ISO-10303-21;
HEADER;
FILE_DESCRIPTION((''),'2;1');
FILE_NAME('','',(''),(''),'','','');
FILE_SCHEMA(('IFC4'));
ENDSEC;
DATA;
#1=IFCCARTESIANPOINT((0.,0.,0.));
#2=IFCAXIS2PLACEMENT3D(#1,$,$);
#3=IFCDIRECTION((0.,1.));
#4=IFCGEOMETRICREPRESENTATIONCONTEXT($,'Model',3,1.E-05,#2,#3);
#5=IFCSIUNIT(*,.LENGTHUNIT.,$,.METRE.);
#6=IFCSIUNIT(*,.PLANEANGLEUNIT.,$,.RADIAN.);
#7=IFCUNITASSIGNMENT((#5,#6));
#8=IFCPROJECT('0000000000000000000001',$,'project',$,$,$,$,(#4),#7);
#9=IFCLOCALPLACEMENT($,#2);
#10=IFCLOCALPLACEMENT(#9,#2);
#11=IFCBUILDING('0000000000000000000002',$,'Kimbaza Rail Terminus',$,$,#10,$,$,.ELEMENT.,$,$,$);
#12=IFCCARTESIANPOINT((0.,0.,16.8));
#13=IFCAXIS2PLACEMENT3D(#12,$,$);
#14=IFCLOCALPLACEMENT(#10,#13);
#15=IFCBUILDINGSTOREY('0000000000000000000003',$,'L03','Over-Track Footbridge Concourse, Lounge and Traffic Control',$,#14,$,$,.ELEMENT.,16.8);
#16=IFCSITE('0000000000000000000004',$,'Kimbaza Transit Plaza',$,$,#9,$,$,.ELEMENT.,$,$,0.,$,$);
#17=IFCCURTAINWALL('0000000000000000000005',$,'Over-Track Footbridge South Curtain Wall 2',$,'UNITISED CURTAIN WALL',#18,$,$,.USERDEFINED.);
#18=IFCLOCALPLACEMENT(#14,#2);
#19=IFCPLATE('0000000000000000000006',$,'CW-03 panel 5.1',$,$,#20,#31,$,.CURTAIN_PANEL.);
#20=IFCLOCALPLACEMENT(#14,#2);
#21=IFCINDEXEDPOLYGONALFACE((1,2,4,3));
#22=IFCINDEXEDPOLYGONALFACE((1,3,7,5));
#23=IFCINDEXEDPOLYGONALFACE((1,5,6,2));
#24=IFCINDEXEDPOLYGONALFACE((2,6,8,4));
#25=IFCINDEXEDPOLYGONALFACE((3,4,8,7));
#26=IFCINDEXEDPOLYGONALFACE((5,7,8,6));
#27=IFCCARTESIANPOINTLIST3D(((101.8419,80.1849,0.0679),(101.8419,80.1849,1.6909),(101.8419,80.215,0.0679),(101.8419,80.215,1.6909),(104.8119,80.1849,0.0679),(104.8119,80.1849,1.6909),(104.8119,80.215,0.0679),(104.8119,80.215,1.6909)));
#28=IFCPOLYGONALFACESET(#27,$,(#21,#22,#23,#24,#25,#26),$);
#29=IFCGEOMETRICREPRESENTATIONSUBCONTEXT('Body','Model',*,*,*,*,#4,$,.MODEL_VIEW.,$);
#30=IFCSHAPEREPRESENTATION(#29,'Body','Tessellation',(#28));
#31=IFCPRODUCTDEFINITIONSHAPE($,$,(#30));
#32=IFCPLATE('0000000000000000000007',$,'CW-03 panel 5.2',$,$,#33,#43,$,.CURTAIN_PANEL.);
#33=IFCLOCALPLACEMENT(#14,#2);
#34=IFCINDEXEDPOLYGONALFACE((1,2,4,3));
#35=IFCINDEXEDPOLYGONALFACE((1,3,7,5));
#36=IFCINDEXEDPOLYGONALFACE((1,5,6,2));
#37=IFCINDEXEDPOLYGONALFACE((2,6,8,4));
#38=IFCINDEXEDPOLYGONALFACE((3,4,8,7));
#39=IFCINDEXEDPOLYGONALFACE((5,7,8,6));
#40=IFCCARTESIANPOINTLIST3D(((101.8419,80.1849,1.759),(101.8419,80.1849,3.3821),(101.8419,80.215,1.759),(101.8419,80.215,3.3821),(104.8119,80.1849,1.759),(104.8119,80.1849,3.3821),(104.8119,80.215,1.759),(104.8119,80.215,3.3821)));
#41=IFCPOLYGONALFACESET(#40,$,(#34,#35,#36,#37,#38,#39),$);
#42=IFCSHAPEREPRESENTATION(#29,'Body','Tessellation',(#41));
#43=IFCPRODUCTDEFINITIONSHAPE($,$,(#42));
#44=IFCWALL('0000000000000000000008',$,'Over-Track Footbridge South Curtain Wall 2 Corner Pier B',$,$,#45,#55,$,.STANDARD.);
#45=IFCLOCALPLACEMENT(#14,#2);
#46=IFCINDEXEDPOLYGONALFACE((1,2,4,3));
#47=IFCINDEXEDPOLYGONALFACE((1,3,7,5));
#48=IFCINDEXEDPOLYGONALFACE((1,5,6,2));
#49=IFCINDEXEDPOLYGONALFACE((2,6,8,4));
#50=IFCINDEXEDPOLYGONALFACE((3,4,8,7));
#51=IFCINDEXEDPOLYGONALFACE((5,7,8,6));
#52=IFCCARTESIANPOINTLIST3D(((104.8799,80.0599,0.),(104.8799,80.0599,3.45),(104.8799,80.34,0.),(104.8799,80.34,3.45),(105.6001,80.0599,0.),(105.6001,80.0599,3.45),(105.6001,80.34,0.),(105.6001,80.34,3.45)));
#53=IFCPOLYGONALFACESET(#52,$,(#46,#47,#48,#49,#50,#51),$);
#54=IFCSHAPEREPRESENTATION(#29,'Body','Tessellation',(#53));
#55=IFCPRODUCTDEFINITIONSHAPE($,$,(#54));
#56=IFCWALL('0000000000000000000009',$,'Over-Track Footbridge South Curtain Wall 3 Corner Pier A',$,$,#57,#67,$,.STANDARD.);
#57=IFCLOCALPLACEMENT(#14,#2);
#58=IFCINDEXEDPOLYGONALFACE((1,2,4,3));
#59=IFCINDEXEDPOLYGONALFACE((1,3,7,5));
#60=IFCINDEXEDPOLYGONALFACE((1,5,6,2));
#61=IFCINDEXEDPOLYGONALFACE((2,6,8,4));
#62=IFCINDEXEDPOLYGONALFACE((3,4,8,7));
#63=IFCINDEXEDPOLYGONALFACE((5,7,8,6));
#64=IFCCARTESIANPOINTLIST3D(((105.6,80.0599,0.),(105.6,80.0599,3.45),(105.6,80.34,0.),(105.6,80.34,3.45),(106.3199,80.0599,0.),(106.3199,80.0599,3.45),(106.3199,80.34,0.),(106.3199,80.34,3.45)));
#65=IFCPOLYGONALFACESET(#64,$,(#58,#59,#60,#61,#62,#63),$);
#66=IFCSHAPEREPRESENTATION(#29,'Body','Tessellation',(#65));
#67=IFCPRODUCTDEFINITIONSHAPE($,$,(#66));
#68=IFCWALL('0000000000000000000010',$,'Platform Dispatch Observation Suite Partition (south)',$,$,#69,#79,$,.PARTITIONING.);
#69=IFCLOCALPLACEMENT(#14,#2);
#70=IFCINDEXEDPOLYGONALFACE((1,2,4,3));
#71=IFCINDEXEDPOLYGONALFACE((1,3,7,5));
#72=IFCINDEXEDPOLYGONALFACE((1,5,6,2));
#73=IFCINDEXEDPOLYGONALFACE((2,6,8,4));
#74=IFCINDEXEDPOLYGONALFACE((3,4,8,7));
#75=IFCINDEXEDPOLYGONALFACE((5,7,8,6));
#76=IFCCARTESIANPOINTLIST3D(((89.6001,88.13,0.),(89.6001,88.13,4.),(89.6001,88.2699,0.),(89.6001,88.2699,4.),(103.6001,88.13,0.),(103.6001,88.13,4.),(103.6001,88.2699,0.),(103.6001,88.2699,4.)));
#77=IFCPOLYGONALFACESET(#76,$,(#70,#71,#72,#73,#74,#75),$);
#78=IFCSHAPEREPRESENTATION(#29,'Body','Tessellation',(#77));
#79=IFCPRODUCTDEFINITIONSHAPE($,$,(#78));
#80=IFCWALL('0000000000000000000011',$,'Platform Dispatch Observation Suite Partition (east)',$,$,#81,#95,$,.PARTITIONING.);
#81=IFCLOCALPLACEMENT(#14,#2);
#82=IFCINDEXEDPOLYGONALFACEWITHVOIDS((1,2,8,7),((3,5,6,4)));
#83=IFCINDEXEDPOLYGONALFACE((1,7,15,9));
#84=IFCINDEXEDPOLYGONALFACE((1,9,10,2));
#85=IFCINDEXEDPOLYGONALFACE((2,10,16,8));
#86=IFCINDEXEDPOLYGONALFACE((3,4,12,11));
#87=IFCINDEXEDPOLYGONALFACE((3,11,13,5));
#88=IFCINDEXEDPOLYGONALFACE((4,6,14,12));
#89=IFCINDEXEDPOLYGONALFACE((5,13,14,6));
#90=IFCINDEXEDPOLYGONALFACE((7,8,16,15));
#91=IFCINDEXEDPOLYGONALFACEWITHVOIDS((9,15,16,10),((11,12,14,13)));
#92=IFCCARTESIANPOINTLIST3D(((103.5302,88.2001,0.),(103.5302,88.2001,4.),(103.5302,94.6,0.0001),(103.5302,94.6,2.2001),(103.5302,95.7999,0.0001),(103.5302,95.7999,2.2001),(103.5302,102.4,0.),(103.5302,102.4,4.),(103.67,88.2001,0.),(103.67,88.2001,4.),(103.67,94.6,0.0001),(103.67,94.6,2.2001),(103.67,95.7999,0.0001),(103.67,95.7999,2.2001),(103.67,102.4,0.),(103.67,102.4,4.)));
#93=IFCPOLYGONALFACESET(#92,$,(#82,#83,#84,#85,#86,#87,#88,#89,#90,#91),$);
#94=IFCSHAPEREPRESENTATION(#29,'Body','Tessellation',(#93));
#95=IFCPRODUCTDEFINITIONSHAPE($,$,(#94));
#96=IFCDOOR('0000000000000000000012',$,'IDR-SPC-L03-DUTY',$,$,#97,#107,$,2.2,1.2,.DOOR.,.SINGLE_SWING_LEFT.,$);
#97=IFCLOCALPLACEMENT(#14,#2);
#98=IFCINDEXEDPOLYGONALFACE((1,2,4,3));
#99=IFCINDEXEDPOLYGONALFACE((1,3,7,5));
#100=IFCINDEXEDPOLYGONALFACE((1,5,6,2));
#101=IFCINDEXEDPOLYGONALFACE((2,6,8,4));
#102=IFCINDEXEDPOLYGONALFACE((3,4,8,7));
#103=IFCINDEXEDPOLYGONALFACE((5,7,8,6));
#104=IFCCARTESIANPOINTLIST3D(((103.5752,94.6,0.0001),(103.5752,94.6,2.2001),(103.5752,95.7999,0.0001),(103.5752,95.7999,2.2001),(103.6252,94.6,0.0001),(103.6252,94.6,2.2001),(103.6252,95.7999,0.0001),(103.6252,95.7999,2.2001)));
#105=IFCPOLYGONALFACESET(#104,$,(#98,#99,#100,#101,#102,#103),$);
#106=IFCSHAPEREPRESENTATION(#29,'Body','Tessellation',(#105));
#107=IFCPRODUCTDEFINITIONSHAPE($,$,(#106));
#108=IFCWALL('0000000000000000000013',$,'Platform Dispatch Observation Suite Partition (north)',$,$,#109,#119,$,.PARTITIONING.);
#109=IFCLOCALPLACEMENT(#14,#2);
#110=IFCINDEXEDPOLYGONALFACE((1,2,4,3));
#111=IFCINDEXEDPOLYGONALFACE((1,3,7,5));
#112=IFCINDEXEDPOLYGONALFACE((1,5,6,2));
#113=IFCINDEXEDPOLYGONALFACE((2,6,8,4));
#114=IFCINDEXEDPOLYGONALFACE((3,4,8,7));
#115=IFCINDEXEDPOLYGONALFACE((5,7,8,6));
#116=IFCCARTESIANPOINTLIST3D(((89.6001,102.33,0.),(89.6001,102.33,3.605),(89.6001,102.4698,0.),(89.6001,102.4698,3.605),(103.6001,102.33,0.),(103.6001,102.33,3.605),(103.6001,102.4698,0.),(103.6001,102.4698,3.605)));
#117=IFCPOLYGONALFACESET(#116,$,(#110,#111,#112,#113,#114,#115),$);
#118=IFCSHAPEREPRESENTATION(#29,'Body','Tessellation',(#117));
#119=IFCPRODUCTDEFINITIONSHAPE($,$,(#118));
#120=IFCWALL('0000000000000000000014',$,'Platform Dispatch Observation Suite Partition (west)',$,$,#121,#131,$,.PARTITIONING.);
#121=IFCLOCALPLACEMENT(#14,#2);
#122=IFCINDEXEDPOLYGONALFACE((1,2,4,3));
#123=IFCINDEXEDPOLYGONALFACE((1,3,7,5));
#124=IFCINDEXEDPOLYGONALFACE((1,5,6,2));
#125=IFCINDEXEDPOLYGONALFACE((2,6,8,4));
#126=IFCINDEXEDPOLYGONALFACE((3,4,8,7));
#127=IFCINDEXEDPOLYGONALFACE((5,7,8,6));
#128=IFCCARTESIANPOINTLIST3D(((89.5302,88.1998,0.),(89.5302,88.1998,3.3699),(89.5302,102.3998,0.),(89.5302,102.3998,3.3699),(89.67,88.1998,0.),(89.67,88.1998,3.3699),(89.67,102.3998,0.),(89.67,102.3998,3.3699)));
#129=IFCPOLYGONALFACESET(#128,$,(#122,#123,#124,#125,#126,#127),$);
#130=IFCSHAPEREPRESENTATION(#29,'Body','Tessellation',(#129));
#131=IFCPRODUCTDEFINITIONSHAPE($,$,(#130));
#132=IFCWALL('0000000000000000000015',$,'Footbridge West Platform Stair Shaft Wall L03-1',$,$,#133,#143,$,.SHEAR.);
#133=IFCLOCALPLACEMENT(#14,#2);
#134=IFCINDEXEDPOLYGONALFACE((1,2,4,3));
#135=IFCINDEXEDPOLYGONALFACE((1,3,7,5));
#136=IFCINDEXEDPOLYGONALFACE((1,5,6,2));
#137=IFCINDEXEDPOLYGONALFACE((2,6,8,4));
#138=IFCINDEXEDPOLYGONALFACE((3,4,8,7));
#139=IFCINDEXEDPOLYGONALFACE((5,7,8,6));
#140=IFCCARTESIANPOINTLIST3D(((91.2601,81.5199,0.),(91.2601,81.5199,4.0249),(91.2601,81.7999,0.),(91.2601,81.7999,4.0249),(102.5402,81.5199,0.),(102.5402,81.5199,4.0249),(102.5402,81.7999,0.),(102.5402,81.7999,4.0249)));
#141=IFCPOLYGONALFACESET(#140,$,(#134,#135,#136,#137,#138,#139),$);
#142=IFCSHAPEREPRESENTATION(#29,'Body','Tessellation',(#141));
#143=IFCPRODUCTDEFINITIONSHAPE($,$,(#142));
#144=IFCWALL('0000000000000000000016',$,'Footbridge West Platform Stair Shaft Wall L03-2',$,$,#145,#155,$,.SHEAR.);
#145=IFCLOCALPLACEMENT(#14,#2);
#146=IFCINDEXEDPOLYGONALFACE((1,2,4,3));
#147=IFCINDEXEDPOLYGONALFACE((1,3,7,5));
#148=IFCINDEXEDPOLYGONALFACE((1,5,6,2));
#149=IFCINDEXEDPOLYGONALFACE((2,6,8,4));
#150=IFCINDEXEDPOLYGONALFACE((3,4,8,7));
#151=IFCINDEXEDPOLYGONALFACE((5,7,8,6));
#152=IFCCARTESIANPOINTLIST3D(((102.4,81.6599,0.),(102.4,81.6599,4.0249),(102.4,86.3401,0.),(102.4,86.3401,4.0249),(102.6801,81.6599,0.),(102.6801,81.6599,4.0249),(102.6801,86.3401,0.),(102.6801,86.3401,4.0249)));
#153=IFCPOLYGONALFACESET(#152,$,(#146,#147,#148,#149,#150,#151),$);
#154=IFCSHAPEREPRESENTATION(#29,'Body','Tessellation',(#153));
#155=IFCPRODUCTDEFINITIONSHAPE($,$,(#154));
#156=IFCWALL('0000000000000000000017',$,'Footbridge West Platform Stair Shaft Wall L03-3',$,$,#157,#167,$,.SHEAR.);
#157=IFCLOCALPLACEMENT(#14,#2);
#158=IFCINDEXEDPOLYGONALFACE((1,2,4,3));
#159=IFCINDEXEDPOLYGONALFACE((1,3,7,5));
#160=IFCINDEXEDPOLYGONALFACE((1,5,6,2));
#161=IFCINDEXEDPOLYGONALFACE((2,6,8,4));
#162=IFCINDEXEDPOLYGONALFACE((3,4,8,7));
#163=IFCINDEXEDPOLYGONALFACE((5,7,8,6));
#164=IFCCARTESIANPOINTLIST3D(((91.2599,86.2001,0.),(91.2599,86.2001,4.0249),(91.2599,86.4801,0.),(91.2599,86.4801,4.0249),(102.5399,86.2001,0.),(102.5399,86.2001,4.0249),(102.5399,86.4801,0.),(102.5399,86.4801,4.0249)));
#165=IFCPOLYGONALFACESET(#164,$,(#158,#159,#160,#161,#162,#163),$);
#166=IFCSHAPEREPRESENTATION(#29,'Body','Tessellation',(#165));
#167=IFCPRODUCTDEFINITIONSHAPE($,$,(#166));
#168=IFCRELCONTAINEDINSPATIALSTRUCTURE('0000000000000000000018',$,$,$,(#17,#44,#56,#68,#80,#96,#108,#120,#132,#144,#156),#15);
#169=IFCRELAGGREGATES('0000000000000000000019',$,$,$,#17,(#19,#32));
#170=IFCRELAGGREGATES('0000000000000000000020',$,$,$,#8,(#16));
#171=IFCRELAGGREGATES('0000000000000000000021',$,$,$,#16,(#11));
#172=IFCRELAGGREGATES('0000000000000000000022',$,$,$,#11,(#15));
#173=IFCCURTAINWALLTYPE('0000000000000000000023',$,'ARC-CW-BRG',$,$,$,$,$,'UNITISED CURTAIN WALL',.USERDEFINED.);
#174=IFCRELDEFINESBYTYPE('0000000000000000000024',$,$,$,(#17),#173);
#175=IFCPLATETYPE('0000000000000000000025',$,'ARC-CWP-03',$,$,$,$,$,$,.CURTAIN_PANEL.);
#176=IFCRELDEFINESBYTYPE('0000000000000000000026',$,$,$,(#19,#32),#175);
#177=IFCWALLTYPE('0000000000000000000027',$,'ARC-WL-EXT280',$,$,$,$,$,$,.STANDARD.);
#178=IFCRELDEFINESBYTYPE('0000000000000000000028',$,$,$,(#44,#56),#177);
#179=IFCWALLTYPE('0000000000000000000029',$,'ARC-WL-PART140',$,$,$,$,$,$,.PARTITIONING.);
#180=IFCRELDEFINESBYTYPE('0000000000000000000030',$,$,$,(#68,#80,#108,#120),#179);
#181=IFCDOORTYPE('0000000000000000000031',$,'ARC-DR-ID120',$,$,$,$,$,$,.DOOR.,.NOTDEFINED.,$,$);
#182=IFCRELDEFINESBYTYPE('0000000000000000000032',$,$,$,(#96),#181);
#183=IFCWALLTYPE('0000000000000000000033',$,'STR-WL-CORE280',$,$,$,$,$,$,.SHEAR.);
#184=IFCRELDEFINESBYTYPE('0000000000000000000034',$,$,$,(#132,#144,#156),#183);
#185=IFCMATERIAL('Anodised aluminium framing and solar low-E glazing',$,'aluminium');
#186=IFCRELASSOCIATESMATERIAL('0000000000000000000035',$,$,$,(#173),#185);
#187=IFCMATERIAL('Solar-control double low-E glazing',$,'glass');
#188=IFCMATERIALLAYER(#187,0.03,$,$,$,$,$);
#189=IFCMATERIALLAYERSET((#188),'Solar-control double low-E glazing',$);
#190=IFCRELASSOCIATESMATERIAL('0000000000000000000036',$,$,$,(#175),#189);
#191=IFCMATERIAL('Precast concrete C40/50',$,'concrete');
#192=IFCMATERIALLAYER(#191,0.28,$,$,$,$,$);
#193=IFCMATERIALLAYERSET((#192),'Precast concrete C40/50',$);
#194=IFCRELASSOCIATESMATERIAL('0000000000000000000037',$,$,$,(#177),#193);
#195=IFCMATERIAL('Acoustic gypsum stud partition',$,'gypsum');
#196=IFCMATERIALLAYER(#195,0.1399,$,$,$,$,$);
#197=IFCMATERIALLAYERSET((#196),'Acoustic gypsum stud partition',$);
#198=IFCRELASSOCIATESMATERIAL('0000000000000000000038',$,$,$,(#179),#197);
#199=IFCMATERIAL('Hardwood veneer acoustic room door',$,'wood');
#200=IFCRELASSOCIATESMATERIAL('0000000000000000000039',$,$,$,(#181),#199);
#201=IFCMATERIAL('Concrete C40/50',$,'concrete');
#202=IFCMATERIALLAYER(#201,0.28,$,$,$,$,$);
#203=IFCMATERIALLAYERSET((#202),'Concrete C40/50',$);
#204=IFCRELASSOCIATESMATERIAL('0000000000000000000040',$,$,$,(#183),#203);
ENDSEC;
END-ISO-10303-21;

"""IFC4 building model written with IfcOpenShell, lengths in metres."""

from ifc_helpers import new_model, si_unit, direction, frame, frame_2d, origin, origin_2d, place, context, subcontext, project, spatial, rectangle, extrude, material, layer, layer_set, type_object, element, fill, aggregate, save


model = new_model("IFC4")

# Units and contexts
model_context = context("Model", 3, precision=1e-05, world=origin(), true_north=direction((0.0, 1.0)))
body_context = subcontext(model_context, "Body", "Model", "MODEL_VIEW")
ifc_project = project(units=[si_unit("LENGTHUNIT", "METRE"), si_unit("PLANEANGLEUNIT", "RADIAN")], contexts=[model_context])

# Site, building, storey
site_placement = place(None, origin())
site = spatial("IfcSite", under=ifc_project, at=site_placement, Name="Kimbaza Transit Plaza", CompositionType="ELEMENT", RefElevation=0.0)
building_placement = place(site_placement, origin())
building = spatial("IfcBuilding", under=site, at=building_placement, Name="Kimbaza Rail Terminus", CompositionType="ELEMENT")
storey_placement = place(building_placement, frame((0.0, 0.0, 16.8)))
storey = spatial("IfcBuildingStorey", under=building, at=storey_placement, Name="L03", Description="Over-Track Footbridge Concourse, Lounge and Traffic Control", CompositionType="ELEMENT", Elevation=16.8)

# Curtain wall
ifc_material_1 = material(Name="Anodised aluminium framing and solar low-E glazing", Category="aluminium")
curtain_wall_type = type_object("IfcCurtainWallType", Name="ARC-CW-BRG", ElementType="UNITISED CURTAIN WALL", PredefinedType="USERDEFINED", material=ifc_material_1)
curtain_wall_placement = place(storey_placement, origin())
curtain_wall = element("IfcCurtainWall", 1, at=curtain_wall_placement, inside=storey, type_object=curtain_wall_type, Name="Over-Track Footbridge South Curtain Wall 2", ObjectType="UNITISED CURTAIN WALL", PredefinedType="USERDEFINED")

# Plates
ifc_material_2 = material(Name="Solar-control double low-E glazing", Category="glass")
ifc_layer_1 = layer(ifc_material_2, 0.03)
ifc_layer_set_1 = layer_set([ifc_layer_1], Name="Solar-control double low-E glazing")
plate_type = type_object("IfcPlateType", Name="ARC-CWP-03", PredefinedType="CURTAIN_PANEL", material=ifc_layer_set_1)
plate_1_placement = place(storey_placement, frame((103.3269, 80.2, 0.0679), z_axis=(0.0, 0.0, 1.0), x_axis=(1.0, 0.0, 0.0)))
plate_1 = element("IfcPlate", 2, at=plate_1_placement, type_object=plate_type, Name="CW-03 panel 5.1", PredefinedType="CURTAIN_PANEL", context=body_context, shape_type="SweptSolid", body=[
    extrude(rectangle(XDim=2.97, YDim=0.03, at=origin_2d()), origin(), (0.0, 0.0, 1.0), 1.623),
])
plate_2_placement = place(storey_placement, frame((103.3269, 80.2, 1.759), z_axis=(0.0, 0.0, 1.0), x_axis=(1.0, 0.0, 0.0)))
plate_2 = element("IfcPlate", 3, at=plate_2_placement, type_object=plate_type, Name="CW-03 panel 5.2", PredefinedType="CURTAIN_PANEL", context=body_context, shape_type="SweptSolid", body=[
    extrude(rectangle(XDim=2.97, YDim=0.03, at=origin_2d()), origin(), (0.0, 0.0, 1.0), 1.623),
])
aggregate(curtain_wall, [plate_1, plate_2])

# Walls
ifc_material_3 = material(Name="Precast concrete C40/50", Category="concrete")
ifc_layer_2 = layer(ifc_material_3, 0.28)
ifc_layer_set_2 = layer_set([ifc_layer_2], Name="Precast concrete C40/50")
wall_type_1 = type_object("IfcWallType", Name="ARC-WL-EXT280", PredefinedType="STANDARD", material=ifc_layer_set_2)
wall_1_placement = place(storey_placement, frame((104.8799, 80.2, 0.0), z_axis=(0.0, 0.0, 1.0), x_axis=(1.0, 0.0, 0.0)))
element("IfcWall", 4, at=wall_1_placement, inside=storey, type_object=wall_type_1, Name="Over-Track Footbridge South Curtain Wall 2 Corner Pier B", PredefinedType="STANDARD", context=body_context, shape_type="SweptSolid", body=[
    extrude(rectangle(XDim=0.7202, YDim=0.28, at=frame_2d((0.3601, 0.0))), origin(), (0.0, 0.0, 1.0), 3.45),
])
wall_2_placement = place(storey_placement, frame((105.6001, 80.2, 0.0), z_axis=(0.0, 0.0, 1.0), x_axis=(1.0, 0.0, 0.0)))
element("IfcWall", 5, at=wall_2_placement, inside=storey, type_object=wall_type_1, Name="Over-Track Footbridge South Curtain Wall 3 Corner Pier A", PredefinedType="STANDARD", context=body_context, shape_type="SweptSolid", body=[
    extrude(rectangle(XDim=0.72, YDim=0.28, at=frame_2d((0.3599, 0.0))), origin(), (0.0, 0.0, 1.0), 3.45),
])
ifc_material_4 = material(Name="Acoustic gypsum stud partition", Category="gypsum")
ifc_layer_3 = layer(ifc_material_4, 0.1399)
ifc_layer_set_3 = layer_set([ifc_layer_3], Name="Acoustic gypsum stud partition")
wall_type_2 = type_object("IfcWallType", Name="ARC-WL-PART140", PredefinedType="PARTITIONING", material=ifc_layer_set_3)
wall_3_placement = place(storey_placement, frame((89.6001, 88.2, 0.0), z_axis=(0.0, 0.0, 1.0), x_axis=(1.0, 0.0, 0.0)))
element("IfcWall", 6, at=wall_3_placement, inside=storey, type_object=wall_type_2, Name="Platform Dispatch Observation Suite Partition (south)", PredefinedType="PARTITIONING", context=body_context, shape_type="SweptSolid", body=[
    extrude(rectangle(XDim=14.0, YDim=0.1399, at=frame_2d((7.0, 0.0))), origin(), (0.0, 0.0, 1.0), 4.0),
])

# Wall, opening, door
wall_4_placement = place(storey_placement, frame((103.6001, 88.2, 0.0), z_axis=(0.0, 0.0, 1.0), x_axis=(0.0, 1.0, 0.0)))
wall_4 = element("IfcWall", 7, at=wall_4_placement, inside=storey, type_object=wall_type_2, Name="Platform Dispatch Observation Suite Partition (east)", PredefinedType="PARTITIONING", context=body_context, shape_type="SweptSolid", body=[
    extrude(rectangle(XDim=14.2, YDim=0.1399, at=frame_2d((7.1001, 0.0))), origin(), (0.0, 0.0, 1.0), 4.0),
])
opening_1_placement = place(wall_4_placement, frame((6.3999, 0.0, 0.0)))
opening_1 = element("IfcOpeningElement", 8, at=opening_1_placement, cuts=wall_4, PredefinedType="OPENING", context=body_context, shape_type="SweptSolid", body=[
    extrude(rectangle(XDim=1.2, YDim=2.2, at=frame_2d((0.6001, 1.1001))), frame((0.0, 0.0798, 0.0), z_axis=(0.0, -1.0, 0.0), x_axis=(1.0, 0.0, 0.0)), (0.0, 0.0, 1.0), 0.1599),
])
ifc_material_5 = material(Name="Hardwood veneer acoustic room door", Category="wood")
door_type_1 = type_object("IfcDoorType", Name="ARC-DR-ID120", OperationType="NOTDEFINED", PredefinedType="DOOR", material=ifc_material_5)
door_1_placement = place(opening_1_placement, origin())
door_1 = element("IfcDoor", 9, at=door_1_placement, inside=storey, type_object=door_type_1, Name="IDR-SPC-L03-DUTY", OperationType="SINGLE_SWING_LEFT", OverallHeight=2.2, OverallWidth=1.2, PredefinedType="DOOR", context=body_context, shape_type="SweptSolid", body=[
    extrude(rectangle(XDim=1.2, YDim=2.2, at=frame_2d((0.6001, 1.1001))), frame((0.0, 0.0249, 0.0), z_axis=(0.0, -1.0, 0.0), x_axis=(1.0, 0.0, 0.0)), (0.0, 0.0, 1.0), 0.05),
])
fill(opening_1, door_1)

# Walls
wall_5_placement = place(storey_placement, frame((103.6001, 102.3999, 0.0), z_axis=(0.0, 0.0, 1.0), x_axis=(-1.0, 0.0, 0.0)))
element("IfcWall", 10, at=wall_5_placement, inside=storey, type_object=wall_type_2, Name="Platform Dispatch Observation Suite Partition (north)", PredefinedType="PARTITIONING", context=body_context, shape_type="SweptSolid", body=[
    extrude(rectangle(XDim=14.0, YDim=0.1399, at=frame_2d((7.0, 0.0))), origin(), (0.0, 0.0, 1.0), 3.605),
])
wall_6_placement = place(storey_placement, frame((89.6001, 102.3999, 0.0), z_axis=(0.0, 0.0, 1.0), x_axis=(0.0, -1.0, 0.0)))
element("IfcWall", 11, at=wall_6_placement, inside=storey, type_object=wall_type_2, Name="Platform Dispatch Observation Suite Partition (west)", PredefinedType="PARTITIONING", context=body_context, shape_type="SweptSolid", body=[
    extrude(rectangle(XDim=14.2, YDim=0.1399, at=frame_2d((7.1001, 0.0))), origin(), (0.0, 0.0, 1.0), 3.3699),
])
ifc_material_6 = material(Name="Concrete C40/50", Category="concrete")
ifc_layer_4 = layer(ifc_material_6, 0.28)
ifc_layer_set_4 = layer_set([ifc_layer_4], Name="Concrete C40/50")
wall_type_3 = type_object("IfcWallType", Name="STR-WL-CORE280", PredefinedType="SHEAR", material=ifc_layer_set_4)
wall_7_placement = place(storey_placement, frame((91.26, 81.6599, 0.0), z_axis=(0.0, 0.0, 1.0), x_axis=(1.0, 0.0, 0.0)))
element("IfcWall", 12, at=wall_7_placement, inside=storey, type_object=wall_type_3, Name="Footbridge West Platform Stair Shaft Wall L03-1", PredefinedType="SHEAR", context=body_context, shape_type="SweptSolid", body=[
    extrude(rectangle(XDim=11.28, YDim=0.28, at=frame_2d((5.6401, 0.0))), origin(), (0.0, 0.0, 1.0), 4.0249),
])
wall_8_placement = place(storey_placement, frame((102.54, 81.6599, 0.0), z_axis=(0.0, 0.0, 1.0), x_axis=(0.0, 1.0, 0.0)))
element("IfcWall", 13, at=wall_8_placement, inside=storey, type_object=wall_type_3, Name="Footbridge West Platform Stair Shaft Wall L03-2", PredefinedType="SHEAR", context=body_context, shape_type="SweptSolid", body=[
    extrude(rectangle(XDim=4.6802, YDim=0.28, at=frame_2d((2.3401, 0.0))), origin(), (0.0, 0.0, 1.0), 4.0249),
])
wall_9_placement = place(storey_placement, frame((102.54, 86.3401, 0.0), z_axis=(0.0, 0.0, 1.0), x_axis=(-1.0, 0.0, 0.0)))
element("IfcWall", 14, at=wall_9_placement, inside=storey, type_object=wall_type_3, Name="Footbridge West Platform Stair Shaft Wall L03-3", PredefinedType="SHEAR", context=body_context, shape_type="SweptSolid", body=[
    extrude(rectangle(XDim=11.28, YDim=0.28, at=frame_2d((5.6401, 0.0))), origin(), (0.0, 0.0, 1.0), 4.0249),
])

save(model, "model.ifc")
